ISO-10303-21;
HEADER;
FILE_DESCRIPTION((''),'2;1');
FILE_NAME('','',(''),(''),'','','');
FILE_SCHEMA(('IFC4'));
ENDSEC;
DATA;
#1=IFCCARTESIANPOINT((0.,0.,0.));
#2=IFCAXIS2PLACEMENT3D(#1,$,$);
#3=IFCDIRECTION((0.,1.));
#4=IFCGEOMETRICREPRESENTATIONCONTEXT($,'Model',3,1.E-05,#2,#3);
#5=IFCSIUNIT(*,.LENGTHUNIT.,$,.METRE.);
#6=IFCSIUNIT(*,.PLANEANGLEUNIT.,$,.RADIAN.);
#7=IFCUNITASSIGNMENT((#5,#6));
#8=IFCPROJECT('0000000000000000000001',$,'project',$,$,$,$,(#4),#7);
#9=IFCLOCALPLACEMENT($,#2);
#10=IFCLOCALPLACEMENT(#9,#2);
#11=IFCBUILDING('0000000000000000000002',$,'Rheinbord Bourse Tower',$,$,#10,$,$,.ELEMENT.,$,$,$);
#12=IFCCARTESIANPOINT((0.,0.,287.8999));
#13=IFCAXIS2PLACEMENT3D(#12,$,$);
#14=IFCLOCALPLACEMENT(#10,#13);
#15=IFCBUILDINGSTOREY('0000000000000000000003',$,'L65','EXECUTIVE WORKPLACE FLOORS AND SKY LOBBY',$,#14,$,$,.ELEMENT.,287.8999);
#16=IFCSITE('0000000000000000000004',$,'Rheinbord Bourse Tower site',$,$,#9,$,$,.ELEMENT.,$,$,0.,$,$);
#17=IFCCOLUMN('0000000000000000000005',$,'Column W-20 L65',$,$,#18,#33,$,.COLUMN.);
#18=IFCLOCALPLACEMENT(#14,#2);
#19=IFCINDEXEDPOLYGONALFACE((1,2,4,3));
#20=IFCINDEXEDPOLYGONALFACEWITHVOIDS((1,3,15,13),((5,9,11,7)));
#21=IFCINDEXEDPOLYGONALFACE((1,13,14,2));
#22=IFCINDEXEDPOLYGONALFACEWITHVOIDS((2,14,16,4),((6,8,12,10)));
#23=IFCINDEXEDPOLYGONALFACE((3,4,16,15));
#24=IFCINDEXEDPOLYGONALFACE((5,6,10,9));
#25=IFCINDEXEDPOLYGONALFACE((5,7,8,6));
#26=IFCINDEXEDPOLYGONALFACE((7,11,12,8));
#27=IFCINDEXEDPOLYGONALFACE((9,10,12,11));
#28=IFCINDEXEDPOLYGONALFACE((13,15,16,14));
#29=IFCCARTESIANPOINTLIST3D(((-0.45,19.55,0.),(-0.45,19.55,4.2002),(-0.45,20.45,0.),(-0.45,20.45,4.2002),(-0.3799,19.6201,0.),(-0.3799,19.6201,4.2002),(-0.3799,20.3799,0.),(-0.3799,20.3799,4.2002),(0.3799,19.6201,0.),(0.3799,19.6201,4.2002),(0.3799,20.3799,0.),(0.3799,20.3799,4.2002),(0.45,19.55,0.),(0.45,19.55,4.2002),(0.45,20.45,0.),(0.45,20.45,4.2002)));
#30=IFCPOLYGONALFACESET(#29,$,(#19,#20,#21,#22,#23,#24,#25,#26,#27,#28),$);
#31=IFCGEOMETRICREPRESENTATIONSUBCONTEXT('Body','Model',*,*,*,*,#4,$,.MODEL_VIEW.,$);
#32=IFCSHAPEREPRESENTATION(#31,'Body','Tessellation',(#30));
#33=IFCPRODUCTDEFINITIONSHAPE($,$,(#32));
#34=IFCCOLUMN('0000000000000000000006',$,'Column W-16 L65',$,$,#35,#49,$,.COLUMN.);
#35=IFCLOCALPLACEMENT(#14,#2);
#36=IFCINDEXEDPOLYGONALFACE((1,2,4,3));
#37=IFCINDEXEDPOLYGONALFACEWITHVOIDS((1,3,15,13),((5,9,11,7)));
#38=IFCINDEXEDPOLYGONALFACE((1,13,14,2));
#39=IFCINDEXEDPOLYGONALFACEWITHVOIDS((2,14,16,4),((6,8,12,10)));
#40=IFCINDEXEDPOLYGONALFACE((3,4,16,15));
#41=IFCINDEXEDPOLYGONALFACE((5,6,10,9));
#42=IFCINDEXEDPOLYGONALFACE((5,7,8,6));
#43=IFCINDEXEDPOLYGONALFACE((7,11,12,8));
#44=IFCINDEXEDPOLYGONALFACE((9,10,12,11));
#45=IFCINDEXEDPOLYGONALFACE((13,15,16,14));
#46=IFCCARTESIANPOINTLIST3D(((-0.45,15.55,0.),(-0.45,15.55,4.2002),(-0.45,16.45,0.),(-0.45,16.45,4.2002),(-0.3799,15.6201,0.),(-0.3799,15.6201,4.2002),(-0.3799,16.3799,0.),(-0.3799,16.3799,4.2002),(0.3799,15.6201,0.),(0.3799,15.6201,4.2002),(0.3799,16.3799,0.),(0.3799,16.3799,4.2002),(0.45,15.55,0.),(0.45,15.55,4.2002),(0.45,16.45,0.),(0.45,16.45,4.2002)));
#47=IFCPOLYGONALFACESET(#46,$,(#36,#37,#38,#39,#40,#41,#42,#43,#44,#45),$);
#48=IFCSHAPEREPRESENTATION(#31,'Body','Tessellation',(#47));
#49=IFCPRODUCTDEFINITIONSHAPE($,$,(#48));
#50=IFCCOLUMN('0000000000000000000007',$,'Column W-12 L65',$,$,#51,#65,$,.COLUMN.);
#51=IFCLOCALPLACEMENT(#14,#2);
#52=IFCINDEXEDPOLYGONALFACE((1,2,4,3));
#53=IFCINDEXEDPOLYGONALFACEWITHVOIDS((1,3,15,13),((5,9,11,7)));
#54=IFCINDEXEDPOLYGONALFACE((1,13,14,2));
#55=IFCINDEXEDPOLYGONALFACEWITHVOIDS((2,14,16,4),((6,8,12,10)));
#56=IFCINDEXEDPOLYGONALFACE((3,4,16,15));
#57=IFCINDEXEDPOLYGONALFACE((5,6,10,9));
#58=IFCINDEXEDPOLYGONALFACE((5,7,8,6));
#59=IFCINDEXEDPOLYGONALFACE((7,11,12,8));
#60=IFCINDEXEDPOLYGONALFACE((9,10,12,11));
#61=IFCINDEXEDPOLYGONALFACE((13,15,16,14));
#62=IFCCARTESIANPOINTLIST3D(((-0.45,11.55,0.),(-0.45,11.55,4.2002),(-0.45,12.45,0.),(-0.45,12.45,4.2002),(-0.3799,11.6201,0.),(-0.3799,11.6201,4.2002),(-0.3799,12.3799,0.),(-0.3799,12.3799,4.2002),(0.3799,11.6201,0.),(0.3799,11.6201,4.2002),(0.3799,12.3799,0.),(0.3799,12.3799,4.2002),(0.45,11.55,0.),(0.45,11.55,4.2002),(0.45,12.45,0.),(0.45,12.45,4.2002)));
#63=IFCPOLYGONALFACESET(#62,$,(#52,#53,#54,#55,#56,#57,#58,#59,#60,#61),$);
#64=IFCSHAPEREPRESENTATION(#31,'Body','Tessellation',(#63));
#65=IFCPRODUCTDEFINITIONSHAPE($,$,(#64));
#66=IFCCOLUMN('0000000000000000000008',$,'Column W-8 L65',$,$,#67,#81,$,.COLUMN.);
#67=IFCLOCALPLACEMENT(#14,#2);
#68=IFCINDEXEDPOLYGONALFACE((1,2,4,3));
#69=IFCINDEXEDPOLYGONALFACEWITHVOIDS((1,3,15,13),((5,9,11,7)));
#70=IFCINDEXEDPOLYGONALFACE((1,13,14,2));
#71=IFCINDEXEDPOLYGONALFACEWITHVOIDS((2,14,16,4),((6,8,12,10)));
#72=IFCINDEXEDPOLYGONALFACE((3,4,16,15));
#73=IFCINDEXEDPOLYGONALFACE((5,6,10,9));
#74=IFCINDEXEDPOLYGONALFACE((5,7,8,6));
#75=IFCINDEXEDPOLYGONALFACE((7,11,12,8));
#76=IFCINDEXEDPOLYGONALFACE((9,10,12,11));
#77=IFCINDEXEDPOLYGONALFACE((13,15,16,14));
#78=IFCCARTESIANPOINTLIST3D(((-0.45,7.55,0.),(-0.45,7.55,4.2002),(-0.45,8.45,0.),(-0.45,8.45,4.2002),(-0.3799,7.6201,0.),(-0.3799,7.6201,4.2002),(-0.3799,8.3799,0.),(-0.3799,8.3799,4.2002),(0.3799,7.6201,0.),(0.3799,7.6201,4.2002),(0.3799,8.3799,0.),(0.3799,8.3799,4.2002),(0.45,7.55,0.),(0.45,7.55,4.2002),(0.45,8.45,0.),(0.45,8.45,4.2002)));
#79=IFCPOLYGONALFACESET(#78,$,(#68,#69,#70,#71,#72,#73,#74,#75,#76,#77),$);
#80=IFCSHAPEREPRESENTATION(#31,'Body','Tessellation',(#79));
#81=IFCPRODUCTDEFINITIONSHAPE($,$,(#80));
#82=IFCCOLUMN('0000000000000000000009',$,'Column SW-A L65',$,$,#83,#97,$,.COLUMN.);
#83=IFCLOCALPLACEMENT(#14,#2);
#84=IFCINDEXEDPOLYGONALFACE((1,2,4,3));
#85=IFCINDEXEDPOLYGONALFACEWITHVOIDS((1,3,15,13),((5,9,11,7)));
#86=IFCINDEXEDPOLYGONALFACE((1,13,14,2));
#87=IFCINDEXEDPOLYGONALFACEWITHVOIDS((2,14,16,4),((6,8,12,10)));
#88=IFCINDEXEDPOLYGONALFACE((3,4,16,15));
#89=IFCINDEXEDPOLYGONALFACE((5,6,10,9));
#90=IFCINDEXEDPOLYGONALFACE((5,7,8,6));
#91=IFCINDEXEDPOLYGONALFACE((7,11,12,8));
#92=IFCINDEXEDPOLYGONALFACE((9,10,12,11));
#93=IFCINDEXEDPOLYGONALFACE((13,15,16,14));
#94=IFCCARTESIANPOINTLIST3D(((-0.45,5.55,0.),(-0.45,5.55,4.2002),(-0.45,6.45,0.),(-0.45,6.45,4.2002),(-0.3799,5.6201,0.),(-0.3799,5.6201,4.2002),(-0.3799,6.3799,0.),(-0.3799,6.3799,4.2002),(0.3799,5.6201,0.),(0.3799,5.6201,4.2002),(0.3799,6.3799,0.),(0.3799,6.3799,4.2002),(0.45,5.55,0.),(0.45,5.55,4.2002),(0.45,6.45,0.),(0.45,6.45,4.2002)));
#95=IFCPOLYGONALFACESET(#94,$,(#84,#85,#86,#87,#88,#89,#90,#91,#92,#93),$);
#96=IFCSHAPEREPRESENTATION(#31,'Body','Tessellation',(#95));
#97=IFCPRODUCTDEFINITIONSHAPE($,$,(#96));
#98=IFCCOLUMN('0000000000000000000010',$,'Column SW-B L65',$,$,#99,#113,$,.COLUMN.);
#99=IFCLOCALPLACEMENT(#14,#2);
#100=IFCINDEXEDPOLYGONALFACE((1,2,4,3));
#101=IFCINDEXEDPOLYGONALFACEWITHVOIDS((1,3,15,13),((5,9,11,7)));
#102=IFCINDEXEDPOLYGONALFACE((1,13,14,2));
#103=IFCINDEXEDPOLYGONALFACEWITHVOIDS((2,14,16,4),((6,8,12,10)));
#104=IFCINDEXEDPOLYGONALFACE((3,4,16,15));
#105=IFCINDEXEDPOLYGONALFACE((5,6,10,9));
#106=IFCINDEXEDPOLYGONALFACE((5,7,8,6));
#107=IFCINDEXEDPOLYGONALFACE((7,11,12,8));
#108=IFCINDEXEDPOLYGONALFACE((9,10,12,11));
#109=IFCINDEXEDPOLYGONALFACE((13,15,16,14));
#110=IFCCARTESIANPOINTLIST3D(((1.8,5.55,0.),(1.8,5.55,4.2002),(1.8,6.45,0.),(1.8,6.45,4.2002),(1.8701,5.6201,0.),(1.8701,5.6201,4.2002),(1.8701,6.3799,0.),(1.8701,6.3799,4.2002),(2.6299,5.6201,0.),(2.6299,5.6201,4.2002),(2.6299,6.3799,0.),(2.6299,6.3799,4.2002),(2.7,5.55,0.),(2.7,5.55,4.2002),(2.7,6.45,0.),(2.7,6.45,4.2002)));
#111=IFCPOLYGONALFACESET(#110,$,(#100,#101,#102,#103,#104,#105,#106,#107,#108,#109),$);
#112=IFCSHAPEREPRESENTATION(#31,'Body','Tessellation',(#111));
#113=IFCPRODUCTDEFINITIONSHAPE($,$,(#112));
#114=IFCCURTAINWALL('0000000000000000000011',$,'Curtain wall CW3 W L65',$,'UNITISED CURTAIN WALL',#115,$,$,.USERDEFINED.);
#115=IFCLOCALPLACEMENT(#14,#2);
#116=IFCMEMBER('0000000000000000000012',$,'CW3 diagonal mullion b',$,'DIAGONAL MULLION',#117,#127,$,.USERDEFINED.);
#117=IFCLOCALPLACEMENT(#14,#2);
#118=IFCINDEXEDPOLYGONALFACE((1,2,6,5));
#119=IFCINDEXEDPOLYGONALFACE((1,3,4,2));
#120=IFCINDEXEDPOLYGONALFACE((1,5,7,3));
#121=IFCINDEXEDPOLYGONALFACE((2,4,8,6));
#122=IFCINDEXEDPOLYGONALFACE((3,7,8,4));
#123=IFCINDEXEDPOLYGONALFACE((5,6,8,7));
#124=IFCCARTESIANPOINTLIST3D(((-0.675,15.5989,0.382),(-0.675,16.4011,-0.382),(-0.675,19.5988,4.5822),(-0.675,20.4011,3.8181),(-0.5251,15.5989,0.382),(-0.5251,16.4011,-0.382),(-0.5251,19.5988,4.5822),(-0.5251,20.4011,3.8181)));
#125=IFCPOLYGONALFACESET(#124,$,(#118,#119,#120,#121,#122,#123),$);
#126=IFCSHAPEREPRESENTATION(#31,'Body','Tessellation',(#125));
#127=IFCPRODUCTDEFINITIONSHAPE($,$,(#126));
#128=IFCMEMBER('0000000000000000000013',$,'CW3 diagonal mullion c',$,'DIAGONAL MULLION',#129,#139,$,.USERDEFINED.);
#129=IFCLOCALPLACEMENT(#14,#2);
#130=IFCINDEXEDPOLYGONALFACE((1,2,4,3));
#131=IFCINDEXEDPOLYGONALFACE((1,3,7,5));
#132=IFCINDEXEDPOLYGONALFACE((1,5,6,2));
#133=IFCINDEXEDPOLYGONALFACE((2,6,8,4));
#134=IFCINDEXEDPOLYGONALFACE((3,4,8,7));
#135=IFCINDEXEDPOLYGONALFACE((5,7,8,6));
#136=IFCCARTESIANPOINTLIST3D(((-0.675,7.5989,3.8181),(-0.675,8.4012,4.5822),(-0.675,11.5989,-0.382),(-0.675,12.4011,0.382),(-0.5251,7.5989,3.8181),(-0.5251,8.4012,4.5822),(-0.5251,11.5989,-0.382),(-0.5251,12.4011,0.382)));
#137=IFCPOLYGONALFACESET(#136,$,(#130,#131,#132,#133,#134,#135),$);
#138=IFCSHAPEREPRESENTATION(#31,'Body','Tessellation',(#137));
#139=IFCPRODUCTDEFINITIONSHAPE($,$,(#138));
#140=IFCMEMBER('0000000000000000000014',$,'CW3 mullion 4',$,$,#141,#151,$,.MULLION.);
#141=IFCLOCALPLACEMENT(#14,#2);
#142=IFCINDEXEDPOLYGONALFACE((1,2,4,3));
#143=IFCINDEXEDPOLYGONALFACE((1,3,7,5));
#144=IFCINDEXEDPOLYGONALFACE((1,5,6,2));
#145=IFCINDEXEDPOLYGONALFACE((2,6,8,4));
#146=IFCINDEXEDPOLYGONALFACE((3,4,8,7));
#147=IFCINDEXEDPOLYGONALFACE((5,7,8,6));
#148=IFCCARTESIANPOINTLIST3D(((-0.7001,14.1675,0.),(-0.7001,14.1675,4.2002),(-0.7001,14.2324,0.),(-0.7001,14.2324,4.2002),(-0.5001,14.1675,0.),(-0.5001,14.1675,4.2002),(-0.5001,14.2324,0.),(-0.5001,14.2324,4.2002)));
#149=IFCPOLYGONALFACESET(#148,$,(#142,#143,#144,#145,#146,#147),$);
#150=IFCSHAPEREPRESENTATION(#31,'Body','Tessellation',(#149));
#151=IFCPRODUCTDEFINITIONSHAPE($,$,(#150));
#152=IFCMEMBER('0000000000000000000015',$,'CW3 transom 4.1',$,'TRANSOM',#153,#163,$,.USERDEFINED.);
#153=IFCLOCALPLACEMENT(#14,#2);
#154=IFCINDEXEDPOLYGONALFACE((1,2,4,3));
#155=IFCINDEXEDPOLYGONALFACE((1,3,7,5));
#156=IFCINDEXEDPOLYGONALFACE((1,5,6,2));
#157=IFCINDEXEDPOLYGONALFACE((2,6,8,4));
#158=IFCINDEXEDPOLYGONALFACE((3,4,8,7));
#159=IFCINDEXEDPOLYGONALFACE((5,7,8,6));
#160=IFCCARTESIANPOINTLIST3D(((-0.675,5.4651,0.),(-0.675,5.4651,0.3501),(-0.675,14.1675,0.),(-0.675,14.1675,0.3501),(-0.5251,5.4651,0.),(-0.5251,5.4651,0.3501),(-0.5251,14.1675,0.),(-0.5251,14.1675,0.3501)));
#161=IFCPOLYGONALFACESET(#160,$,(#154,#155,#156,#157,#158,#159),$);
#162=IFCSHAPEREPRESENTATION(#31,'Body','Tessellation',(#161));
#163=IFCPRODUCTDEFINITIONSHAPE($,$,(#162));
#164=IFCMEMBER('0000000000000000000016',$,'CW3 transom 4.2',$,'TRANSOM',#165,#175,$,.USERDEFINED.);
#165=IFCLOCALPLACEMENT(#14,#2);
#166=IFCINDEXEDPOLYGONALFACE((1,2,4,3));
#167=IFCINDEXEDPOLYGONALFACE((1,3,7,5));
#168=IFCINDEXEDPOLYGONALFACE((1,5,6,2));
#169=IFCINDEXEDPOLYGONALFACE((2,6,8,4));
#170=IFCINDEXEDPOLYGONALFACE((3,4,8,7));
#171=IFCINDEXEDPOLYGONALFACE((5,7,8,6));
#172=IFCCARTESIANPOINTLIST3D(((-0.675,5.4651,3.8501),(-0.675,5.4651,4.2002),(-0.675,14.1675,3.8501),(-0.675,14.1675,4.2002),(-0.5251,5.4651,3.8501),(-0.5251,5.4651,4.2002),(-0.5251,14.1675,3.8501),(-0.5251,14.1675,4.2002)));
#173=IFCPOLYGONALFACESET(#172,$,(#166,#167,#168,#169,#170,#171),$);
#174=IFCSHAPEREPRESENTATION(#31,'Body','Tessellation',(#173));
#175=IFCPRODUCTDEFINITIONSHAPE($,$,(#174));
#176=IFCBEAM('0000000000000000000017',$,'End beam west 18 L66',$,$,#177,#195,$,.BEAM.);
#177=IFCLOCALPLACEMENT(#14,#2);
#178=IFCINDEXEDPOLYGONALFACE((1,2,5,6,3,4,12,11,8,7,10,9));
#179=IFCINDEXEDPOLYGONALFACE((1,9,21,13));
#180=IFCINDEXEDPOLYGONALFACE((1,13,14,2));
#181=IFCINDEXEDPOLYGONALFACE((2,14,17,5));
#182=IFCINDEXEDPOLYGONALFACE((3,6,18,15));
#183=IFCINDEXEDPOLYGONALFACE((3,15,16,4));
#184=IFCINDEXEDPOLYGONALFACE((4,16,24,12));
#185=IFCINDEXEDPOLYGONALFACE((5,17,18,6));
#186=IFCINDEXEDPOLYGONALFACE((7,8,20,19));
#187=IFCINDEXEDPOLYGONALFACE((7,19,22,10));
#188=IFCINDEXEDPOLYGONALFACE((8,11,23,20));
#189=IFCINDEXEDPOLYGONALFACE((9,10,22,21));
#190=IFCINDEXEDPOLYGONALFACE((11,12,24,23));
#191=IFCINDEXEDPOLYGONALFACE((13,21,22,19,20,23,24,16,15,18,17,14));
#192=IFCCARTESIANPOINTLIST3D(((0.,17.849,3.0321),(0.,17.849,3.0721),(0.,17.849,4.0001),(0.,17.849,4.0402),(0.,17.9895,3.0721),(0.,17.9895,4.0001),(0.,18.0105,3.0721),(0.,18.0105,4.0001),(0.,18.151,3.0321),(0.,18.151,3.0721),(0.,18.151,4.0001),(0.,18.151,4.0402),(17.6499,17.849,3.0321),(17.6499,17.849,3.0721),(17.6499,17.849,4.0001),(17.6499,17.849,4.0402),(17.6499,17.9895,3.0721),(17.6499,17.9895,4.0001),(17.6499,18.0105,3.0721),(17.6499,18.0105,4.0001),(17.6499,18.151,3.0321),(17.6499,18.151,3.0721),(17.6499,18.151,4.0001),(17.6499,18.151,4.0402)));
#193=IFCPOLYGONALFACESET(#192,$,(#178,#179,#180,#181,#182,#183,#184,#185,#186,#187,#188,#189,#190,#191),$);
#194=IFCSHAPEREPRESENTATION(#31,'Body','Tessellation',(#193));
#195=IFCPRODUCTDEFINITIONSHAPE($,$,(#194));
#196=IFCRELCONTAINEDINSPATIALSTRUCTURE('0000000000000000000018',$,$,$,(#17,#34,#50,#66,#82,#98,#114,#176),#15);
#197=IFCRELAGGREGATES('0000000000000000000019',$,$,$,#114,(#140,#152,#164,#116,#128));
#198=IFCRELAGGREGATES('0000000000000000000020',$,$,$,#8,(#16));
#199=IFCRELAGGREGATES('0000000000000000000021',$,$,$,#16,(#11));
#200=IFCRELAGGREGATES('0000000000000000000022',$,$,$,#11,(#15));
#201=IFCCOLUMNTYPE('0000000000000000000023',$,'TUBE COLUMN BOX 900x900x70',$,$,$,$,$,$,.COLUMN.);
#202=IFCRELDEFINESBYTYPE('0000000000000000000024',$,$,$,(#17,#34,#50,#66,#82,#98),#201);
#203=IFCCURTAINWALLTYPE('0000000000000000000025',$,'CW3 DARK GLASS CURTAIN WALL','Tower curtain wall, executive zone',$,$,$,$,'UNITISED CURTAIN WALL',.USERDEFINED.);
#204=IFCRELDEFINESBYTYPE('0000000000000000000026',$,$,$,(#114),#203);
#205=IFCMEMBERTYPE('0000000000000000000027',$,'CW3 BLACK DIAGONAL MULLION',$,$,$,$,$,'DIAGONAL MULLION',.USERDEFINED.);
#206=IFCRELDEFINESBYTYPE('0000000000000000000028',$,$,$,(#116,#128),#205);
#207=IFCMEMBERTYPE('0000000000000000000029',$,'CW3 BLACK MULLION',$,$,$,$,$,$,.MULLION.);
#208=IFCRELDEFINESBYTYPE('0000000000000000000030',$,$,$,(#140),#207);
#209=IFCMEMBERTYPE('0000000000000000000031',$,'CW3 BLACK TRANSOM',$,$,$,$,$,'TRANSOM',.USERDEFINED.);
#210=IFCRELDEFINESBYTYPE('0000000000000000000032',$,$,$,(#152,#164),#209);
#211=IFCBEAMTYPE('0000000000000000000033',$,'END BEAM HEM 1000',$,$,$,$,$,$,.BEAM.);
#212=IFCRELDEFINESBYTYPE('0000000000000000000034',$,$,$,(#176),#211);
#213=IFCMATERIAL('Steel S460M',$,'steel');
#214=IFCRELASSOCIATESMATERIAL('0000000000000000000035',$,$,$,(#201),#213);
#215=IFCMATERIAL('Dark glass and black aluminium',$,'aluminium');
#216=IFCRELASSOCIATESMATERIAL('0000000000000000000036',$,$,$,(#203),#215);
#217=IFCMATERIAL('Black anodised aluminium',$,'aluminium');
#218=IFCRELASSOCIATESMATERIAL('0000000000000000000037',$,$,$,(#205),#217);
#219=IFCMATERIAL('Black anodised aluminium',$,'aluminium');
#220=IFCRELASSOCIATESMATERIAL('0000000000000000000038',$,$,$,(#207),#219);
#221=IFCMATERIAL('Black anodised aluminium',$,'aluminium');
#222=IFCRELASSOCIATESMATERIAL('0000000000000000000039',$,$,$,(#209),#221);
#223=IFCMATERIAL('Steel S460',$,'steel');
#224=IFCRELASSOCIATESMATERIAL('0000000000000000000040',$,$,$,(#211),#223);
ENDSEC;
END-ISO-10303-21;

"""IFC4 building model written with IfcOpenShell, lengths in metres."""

from ifc_helpers import new_model, si_unit, direction, frame, origin, origin_2d, place, context, subcontext, project, spatial, rectangle, hollow_rectangle, i_section, extrude, material, material_profile, profile_set, type_object, element, aggregate, save


model = new_model("IFC4")

# Units and contexts
model_context = context("Model", 3, precision=1e-05, world=origin(), true_north=direction((0.0, 1.0)))
body_context = subcontext(model_context, "Body", "Model", "MODEL_VIEW")
ifc_project = project(units=[si_unit("LENGTHUNIT", "METRE"), si_unit("PLANEANGLEUNIT", "RADIAN")], contexts=[model_context])

# Site, building, storey
site_placement = place(None, origin())
site = spatial("IfcSite", under=ifc_project, at=site_placement, Name="Rheinbord Bourse Tower site", CompositionType="ELEMENT", RefElevation=0.0)
building_placement = place(site_placement, origin())
building = spatial("IfcBuilding", under=site, at=building_placement, Name="Rheinbord Bourse Tower", CompositionType="ELEMENT")
storey_placement = place(building_placement, frame((0.0, 0.0, 287.8999)))
storey = spatial("IfcBuildingStorey", under=building, at=storey_placement, Name="L65", Description="EXECUTIVE WORKPLACE FLOORS AND SKY LOBBY", CompositionType="ELEMENT", Elevation=287.8999)

# Columns
ifc_material_1 = material(Name="Steel S460M", Category="steel")
ifc_material_profile_1 = material_profile(ifc_material_1, hollow_rectangle(XDim=0.8999, YDim=0.8999, WallThickness=0.0701, at=origin_2d()), Name="BOX 900x900x70")
ifc_profile_set_1 = profile_set([ifc_material_profile_1], Name="Steel S460M")
column_type = type_object("IfcColumnType", Name="TUBE COLUMN BOX 900x900x70", PredefinedType="COLUMN", material=ifc_profile_set_1)
for number, where, z_axis, x_axis, name in (
    (1, (0.0, 20.0, 0.0), (0.0, 0.0, 1.0), (1.0, 0.0, 0.0), "Column W-20 L65"),
    (2, (0.0, 16.0, 0.0), (0.0, 0.0, 1.0), (1.0, 0.0, 0.0), "Column W-16 L65"),
    (3, (0.0, 12.0, 0.0), (0.0, 0.0, 1.0), (1.0, 0.0, 0.0), "Column W-12 L65"),
    (4, (0.0, 8.0, 0.0), (0.0, 0.0, 1.0), (1.0, 0.0, 0.0), "Column W-8 L65"),
    (5, (0.0, 6.0, 0.0), (0.0, 0.0, 1.0), (1.0, 0.0, 0.0), "Column SW-A L65"),
    (6, (2.25, 6.0, 0.0), (0.0, 0.0, 1.0), (1.0, 0.0, 0.0), "Column SW-B L65"),
):
    element("IfcColumn", number, at=place(storey_placement, frame(where, z_axis=z_axis, x_axis=x_axis)), inside=storey, type_object=column_type, Name=name, PredefinedType="COLUMN", context=body_context, shape_type="SweptSolid", body=[
        extrude(hollow_rectangle(XDim=0.8999, YDim=0.8999, WallThickness=0.0701, at=origin_2d()), origin(), (0.0, 0.0, 1.0), 4.2002),
    ])

# Curtain wall, members
ifc_material_2 = material(Name="Dark glass and black aluminium", Category="aluminium")
curtain_wall_type = type_object("IfcCurtainWallType", Name="CW3 DARK GLASS CURTAIN WALL", Description="Tower curtain wall, executive zone", ElementType="UNITISED CURTAIN WALL", PredefinedType="USERDEFINED", material=ifc_material_2)
curtain_wall_placement = place(storey_placement, origin())
curtain_wall = element("IfcCurtainWall", 7, at=curtain_wall_placement, inside=storey, type_object=curtain_wall_type, Name="Curtain wall CW3 W L65", ObjectType="UNITISED CURTAIN WALL", PredefinedType="USERDEFINED")
ifc_material_3 = material(Name="Black anodised aluminium", Category="aluminium")
ifc_material_profile_2 = material_profile(ifc_material_3, rectangle(XDim=0.1499, YDim=1.1079, at=origin_2d()), Name="CW3 DIAGONAL MULLION 1108x150")
ifc_profile_set_2 = profile_set([ifc_material_profile_2], Name="Black anodised aluminium")
member_type_1 = type_object("IfcMemberType", Name="CW3 BLACK DIAGONAL MULLION", ElementType="DIAGONAL MULLION", PredefinedType="USERDEFINED", material=ifc_profile_set_2)
member_1_placement = place(storey_placement, frame((-0.6001, 16.0, 0.0), z_axis=(0.0, 0.689638, 0.724154), x_axis=(-1.0, 0.0, 0.0)))
member_1 = element("IfcMember", 8, at=member_1_placement, type_object=member_type_1, Name="CW3 diagonal mullion b", ObjectType="DIAGONAL MULLION", PredefinedType="USERDEFINED", context=body_context, shape_type="SweptSolid", body=[
    extrude(rectangle(XDim=0.1499, YDim=1.1079, at=origin_2d()), origin(), (0.0, 0.0, 1.0), 5.8),
])
member_2_placement = place(storey_placement, frame((-0.6001, 12.0, 0.0), z_axis=(0.0, -0.689638, 0.724154), x_axis=(1.0, 0.0, 0.0)))
member_2 = element("IfcMember", 9, at=member_2_placement, type_object=member_type_1, Name="CW3 diagonal mullion c", ObjectType="DIAGONAL MULLION", PredefinedType="USERDEFINED", context=body_context, shape_type="SweptSolid", body=[
    extrude(rectangle(XDim=0.1499, YDim=1.1079, at=origin_2d()), origin(), (0.0, 0.0, 1.0), 5.8),
])
ifc_material_4 = material(Name="Black anodised aluminium", Category="aluminium")
ifc_material_profile_3 = material_profile(ifc_material_4, rectangle(XDim=0.2, YDim=0.0649, at=origin_2d()), Name="CW3 MULLION 65x200")
ifc_profile_set_3 = profile_set([ifc_material_profile_3], Name="Black anodised aluminium")
member_type_2 = type_object("IfcMemberType", Name="CW3 BLACK MULLION", PredefinedType="MULLION", material=ifc_profile_set_3)
member_3_placement = place(storey_placement, frame((-0.6001, 14.2, 0.0), z_axis=(0.0, 0.0, 1.0), x_axis=(1.0, 0.0, 0.0)))
member_3 = element("IfcMember", 10, at=member_3_placement, type_object=member_type_2, Name="CW3 mullion 4", PredefinedType="MULLION", context=body_context, shape_type="SweptSolid", body=[
    extrude(rectangle(XDim=0.2, YDim=0.0649, at=origin_2d()), origin(), (0.0, 0.0, 1.0), 4.2002),
])
ifc_material_5 = material(Name="Black anodised aluminium", Category="aluminium")
ifc_material_profile_4 = material_profile(ifc_material_5, rectangle(XDim=0.1499, YDim=0.3501, at=origin_2d()), Name="CW3 TRANSOM 350x150")
ifc_profile_set_4 = profile_set([ifc_material_profile_4], Name="Black anodised aluminium")
member_type_3 = type_object("IfcMemberType", Name="CW3 BLACK TRANSOM", ElementType="TRANSOM", PredefinedType="USERDEFINED", material=ifc_profile_set_4)
member_4_placement = place(storey_placement, frame((-0.6001, 14.1675, 0.175), z_axis=(0.0, -1.0, 0.0), x_axis=(1.0, 0.0, 0.0)))
member_4 = element("IfcMember", 11, at=member_4_placement, type_object=member_type_3, Name="CW3 transom 4.1", ObjectType="TRANSOM", PredefinedType="USERDEFINED", context=body_context, shape_type="SweptSolid", body=[
    extrude(rectangle(XDim=0.1499, YDim=0.3501, at=origin_2d()), origin(), (0.0, 0.0, 1.0), 8.7024),
])
member_5_placement = place(storey_placement, frame((-0.6001, 14.1675, 4.0251), z_axis=(0.0, -1.0, 0.0), x_axis=(1.0, 0.0, 0.0)))
member_5 = element("IfcMember", 12, at=member_5_placement, type_object=member_type_3, Name="CW3 transom 4.2", ObjectType="TRANSOM", PredefinedType="USERDEFINED", context=body_context, shape_type="SweptSolid", body=[
    extrude(rectangle(XDim=0.1499, YDim=0.3501, at=origin_2d()), origin(), (0.0, 0.0, 1.0), 8.7024),
])

# Beam
ifc_material_6 = material(Name="Steel S460", Category="steel")
ifc_material_profile_5 = material_profile(ifc_material_6, i_section(OverallWidth=0.302, OverallDepth=1.0081, WebThickness=0.021, FlangeThickness=0.04, at=origin_2d()), Name="HEM 1000")
ifc_profile_set_5 = profile_set([ifc_material_profile_5], Name="Steel S460")
beam_type_1 = type_object("IfcBeamType", Name="END BEAM HEM 1000", PredefinedType="BEAM", material=ifc_profile_set_5)
for number, where, z_axis, x_axis, name in (
    (13, (0.0, 18.0, 3.5361), (1.0, 0.0, 0.0), (0.0, 1.0, 0.0), "End beam west 18 L66"),
):
    element("IfcBeam", number, at=place(storey_placement, frame(where, z_axis=z_axis, x_axis=x_axis)), inside=storey, type_object=beam_type_1, Name=name, PredefinedType="BEAM", context=body_context, shape_type="SweptSolid", body=[
        extrude(i_section(OverallWidth=0.302, OverallDepth=1.0081, WebThickness=0.021, FlangeThickness=0.04, at=origin_2d()), origin(), (0.0, 0.0, 1.0), 17.6499),
    ])

aggregate(curtain_wall, [member_3, member_4, member_5, member_1, member_2])

save(model, "model.ifc")
